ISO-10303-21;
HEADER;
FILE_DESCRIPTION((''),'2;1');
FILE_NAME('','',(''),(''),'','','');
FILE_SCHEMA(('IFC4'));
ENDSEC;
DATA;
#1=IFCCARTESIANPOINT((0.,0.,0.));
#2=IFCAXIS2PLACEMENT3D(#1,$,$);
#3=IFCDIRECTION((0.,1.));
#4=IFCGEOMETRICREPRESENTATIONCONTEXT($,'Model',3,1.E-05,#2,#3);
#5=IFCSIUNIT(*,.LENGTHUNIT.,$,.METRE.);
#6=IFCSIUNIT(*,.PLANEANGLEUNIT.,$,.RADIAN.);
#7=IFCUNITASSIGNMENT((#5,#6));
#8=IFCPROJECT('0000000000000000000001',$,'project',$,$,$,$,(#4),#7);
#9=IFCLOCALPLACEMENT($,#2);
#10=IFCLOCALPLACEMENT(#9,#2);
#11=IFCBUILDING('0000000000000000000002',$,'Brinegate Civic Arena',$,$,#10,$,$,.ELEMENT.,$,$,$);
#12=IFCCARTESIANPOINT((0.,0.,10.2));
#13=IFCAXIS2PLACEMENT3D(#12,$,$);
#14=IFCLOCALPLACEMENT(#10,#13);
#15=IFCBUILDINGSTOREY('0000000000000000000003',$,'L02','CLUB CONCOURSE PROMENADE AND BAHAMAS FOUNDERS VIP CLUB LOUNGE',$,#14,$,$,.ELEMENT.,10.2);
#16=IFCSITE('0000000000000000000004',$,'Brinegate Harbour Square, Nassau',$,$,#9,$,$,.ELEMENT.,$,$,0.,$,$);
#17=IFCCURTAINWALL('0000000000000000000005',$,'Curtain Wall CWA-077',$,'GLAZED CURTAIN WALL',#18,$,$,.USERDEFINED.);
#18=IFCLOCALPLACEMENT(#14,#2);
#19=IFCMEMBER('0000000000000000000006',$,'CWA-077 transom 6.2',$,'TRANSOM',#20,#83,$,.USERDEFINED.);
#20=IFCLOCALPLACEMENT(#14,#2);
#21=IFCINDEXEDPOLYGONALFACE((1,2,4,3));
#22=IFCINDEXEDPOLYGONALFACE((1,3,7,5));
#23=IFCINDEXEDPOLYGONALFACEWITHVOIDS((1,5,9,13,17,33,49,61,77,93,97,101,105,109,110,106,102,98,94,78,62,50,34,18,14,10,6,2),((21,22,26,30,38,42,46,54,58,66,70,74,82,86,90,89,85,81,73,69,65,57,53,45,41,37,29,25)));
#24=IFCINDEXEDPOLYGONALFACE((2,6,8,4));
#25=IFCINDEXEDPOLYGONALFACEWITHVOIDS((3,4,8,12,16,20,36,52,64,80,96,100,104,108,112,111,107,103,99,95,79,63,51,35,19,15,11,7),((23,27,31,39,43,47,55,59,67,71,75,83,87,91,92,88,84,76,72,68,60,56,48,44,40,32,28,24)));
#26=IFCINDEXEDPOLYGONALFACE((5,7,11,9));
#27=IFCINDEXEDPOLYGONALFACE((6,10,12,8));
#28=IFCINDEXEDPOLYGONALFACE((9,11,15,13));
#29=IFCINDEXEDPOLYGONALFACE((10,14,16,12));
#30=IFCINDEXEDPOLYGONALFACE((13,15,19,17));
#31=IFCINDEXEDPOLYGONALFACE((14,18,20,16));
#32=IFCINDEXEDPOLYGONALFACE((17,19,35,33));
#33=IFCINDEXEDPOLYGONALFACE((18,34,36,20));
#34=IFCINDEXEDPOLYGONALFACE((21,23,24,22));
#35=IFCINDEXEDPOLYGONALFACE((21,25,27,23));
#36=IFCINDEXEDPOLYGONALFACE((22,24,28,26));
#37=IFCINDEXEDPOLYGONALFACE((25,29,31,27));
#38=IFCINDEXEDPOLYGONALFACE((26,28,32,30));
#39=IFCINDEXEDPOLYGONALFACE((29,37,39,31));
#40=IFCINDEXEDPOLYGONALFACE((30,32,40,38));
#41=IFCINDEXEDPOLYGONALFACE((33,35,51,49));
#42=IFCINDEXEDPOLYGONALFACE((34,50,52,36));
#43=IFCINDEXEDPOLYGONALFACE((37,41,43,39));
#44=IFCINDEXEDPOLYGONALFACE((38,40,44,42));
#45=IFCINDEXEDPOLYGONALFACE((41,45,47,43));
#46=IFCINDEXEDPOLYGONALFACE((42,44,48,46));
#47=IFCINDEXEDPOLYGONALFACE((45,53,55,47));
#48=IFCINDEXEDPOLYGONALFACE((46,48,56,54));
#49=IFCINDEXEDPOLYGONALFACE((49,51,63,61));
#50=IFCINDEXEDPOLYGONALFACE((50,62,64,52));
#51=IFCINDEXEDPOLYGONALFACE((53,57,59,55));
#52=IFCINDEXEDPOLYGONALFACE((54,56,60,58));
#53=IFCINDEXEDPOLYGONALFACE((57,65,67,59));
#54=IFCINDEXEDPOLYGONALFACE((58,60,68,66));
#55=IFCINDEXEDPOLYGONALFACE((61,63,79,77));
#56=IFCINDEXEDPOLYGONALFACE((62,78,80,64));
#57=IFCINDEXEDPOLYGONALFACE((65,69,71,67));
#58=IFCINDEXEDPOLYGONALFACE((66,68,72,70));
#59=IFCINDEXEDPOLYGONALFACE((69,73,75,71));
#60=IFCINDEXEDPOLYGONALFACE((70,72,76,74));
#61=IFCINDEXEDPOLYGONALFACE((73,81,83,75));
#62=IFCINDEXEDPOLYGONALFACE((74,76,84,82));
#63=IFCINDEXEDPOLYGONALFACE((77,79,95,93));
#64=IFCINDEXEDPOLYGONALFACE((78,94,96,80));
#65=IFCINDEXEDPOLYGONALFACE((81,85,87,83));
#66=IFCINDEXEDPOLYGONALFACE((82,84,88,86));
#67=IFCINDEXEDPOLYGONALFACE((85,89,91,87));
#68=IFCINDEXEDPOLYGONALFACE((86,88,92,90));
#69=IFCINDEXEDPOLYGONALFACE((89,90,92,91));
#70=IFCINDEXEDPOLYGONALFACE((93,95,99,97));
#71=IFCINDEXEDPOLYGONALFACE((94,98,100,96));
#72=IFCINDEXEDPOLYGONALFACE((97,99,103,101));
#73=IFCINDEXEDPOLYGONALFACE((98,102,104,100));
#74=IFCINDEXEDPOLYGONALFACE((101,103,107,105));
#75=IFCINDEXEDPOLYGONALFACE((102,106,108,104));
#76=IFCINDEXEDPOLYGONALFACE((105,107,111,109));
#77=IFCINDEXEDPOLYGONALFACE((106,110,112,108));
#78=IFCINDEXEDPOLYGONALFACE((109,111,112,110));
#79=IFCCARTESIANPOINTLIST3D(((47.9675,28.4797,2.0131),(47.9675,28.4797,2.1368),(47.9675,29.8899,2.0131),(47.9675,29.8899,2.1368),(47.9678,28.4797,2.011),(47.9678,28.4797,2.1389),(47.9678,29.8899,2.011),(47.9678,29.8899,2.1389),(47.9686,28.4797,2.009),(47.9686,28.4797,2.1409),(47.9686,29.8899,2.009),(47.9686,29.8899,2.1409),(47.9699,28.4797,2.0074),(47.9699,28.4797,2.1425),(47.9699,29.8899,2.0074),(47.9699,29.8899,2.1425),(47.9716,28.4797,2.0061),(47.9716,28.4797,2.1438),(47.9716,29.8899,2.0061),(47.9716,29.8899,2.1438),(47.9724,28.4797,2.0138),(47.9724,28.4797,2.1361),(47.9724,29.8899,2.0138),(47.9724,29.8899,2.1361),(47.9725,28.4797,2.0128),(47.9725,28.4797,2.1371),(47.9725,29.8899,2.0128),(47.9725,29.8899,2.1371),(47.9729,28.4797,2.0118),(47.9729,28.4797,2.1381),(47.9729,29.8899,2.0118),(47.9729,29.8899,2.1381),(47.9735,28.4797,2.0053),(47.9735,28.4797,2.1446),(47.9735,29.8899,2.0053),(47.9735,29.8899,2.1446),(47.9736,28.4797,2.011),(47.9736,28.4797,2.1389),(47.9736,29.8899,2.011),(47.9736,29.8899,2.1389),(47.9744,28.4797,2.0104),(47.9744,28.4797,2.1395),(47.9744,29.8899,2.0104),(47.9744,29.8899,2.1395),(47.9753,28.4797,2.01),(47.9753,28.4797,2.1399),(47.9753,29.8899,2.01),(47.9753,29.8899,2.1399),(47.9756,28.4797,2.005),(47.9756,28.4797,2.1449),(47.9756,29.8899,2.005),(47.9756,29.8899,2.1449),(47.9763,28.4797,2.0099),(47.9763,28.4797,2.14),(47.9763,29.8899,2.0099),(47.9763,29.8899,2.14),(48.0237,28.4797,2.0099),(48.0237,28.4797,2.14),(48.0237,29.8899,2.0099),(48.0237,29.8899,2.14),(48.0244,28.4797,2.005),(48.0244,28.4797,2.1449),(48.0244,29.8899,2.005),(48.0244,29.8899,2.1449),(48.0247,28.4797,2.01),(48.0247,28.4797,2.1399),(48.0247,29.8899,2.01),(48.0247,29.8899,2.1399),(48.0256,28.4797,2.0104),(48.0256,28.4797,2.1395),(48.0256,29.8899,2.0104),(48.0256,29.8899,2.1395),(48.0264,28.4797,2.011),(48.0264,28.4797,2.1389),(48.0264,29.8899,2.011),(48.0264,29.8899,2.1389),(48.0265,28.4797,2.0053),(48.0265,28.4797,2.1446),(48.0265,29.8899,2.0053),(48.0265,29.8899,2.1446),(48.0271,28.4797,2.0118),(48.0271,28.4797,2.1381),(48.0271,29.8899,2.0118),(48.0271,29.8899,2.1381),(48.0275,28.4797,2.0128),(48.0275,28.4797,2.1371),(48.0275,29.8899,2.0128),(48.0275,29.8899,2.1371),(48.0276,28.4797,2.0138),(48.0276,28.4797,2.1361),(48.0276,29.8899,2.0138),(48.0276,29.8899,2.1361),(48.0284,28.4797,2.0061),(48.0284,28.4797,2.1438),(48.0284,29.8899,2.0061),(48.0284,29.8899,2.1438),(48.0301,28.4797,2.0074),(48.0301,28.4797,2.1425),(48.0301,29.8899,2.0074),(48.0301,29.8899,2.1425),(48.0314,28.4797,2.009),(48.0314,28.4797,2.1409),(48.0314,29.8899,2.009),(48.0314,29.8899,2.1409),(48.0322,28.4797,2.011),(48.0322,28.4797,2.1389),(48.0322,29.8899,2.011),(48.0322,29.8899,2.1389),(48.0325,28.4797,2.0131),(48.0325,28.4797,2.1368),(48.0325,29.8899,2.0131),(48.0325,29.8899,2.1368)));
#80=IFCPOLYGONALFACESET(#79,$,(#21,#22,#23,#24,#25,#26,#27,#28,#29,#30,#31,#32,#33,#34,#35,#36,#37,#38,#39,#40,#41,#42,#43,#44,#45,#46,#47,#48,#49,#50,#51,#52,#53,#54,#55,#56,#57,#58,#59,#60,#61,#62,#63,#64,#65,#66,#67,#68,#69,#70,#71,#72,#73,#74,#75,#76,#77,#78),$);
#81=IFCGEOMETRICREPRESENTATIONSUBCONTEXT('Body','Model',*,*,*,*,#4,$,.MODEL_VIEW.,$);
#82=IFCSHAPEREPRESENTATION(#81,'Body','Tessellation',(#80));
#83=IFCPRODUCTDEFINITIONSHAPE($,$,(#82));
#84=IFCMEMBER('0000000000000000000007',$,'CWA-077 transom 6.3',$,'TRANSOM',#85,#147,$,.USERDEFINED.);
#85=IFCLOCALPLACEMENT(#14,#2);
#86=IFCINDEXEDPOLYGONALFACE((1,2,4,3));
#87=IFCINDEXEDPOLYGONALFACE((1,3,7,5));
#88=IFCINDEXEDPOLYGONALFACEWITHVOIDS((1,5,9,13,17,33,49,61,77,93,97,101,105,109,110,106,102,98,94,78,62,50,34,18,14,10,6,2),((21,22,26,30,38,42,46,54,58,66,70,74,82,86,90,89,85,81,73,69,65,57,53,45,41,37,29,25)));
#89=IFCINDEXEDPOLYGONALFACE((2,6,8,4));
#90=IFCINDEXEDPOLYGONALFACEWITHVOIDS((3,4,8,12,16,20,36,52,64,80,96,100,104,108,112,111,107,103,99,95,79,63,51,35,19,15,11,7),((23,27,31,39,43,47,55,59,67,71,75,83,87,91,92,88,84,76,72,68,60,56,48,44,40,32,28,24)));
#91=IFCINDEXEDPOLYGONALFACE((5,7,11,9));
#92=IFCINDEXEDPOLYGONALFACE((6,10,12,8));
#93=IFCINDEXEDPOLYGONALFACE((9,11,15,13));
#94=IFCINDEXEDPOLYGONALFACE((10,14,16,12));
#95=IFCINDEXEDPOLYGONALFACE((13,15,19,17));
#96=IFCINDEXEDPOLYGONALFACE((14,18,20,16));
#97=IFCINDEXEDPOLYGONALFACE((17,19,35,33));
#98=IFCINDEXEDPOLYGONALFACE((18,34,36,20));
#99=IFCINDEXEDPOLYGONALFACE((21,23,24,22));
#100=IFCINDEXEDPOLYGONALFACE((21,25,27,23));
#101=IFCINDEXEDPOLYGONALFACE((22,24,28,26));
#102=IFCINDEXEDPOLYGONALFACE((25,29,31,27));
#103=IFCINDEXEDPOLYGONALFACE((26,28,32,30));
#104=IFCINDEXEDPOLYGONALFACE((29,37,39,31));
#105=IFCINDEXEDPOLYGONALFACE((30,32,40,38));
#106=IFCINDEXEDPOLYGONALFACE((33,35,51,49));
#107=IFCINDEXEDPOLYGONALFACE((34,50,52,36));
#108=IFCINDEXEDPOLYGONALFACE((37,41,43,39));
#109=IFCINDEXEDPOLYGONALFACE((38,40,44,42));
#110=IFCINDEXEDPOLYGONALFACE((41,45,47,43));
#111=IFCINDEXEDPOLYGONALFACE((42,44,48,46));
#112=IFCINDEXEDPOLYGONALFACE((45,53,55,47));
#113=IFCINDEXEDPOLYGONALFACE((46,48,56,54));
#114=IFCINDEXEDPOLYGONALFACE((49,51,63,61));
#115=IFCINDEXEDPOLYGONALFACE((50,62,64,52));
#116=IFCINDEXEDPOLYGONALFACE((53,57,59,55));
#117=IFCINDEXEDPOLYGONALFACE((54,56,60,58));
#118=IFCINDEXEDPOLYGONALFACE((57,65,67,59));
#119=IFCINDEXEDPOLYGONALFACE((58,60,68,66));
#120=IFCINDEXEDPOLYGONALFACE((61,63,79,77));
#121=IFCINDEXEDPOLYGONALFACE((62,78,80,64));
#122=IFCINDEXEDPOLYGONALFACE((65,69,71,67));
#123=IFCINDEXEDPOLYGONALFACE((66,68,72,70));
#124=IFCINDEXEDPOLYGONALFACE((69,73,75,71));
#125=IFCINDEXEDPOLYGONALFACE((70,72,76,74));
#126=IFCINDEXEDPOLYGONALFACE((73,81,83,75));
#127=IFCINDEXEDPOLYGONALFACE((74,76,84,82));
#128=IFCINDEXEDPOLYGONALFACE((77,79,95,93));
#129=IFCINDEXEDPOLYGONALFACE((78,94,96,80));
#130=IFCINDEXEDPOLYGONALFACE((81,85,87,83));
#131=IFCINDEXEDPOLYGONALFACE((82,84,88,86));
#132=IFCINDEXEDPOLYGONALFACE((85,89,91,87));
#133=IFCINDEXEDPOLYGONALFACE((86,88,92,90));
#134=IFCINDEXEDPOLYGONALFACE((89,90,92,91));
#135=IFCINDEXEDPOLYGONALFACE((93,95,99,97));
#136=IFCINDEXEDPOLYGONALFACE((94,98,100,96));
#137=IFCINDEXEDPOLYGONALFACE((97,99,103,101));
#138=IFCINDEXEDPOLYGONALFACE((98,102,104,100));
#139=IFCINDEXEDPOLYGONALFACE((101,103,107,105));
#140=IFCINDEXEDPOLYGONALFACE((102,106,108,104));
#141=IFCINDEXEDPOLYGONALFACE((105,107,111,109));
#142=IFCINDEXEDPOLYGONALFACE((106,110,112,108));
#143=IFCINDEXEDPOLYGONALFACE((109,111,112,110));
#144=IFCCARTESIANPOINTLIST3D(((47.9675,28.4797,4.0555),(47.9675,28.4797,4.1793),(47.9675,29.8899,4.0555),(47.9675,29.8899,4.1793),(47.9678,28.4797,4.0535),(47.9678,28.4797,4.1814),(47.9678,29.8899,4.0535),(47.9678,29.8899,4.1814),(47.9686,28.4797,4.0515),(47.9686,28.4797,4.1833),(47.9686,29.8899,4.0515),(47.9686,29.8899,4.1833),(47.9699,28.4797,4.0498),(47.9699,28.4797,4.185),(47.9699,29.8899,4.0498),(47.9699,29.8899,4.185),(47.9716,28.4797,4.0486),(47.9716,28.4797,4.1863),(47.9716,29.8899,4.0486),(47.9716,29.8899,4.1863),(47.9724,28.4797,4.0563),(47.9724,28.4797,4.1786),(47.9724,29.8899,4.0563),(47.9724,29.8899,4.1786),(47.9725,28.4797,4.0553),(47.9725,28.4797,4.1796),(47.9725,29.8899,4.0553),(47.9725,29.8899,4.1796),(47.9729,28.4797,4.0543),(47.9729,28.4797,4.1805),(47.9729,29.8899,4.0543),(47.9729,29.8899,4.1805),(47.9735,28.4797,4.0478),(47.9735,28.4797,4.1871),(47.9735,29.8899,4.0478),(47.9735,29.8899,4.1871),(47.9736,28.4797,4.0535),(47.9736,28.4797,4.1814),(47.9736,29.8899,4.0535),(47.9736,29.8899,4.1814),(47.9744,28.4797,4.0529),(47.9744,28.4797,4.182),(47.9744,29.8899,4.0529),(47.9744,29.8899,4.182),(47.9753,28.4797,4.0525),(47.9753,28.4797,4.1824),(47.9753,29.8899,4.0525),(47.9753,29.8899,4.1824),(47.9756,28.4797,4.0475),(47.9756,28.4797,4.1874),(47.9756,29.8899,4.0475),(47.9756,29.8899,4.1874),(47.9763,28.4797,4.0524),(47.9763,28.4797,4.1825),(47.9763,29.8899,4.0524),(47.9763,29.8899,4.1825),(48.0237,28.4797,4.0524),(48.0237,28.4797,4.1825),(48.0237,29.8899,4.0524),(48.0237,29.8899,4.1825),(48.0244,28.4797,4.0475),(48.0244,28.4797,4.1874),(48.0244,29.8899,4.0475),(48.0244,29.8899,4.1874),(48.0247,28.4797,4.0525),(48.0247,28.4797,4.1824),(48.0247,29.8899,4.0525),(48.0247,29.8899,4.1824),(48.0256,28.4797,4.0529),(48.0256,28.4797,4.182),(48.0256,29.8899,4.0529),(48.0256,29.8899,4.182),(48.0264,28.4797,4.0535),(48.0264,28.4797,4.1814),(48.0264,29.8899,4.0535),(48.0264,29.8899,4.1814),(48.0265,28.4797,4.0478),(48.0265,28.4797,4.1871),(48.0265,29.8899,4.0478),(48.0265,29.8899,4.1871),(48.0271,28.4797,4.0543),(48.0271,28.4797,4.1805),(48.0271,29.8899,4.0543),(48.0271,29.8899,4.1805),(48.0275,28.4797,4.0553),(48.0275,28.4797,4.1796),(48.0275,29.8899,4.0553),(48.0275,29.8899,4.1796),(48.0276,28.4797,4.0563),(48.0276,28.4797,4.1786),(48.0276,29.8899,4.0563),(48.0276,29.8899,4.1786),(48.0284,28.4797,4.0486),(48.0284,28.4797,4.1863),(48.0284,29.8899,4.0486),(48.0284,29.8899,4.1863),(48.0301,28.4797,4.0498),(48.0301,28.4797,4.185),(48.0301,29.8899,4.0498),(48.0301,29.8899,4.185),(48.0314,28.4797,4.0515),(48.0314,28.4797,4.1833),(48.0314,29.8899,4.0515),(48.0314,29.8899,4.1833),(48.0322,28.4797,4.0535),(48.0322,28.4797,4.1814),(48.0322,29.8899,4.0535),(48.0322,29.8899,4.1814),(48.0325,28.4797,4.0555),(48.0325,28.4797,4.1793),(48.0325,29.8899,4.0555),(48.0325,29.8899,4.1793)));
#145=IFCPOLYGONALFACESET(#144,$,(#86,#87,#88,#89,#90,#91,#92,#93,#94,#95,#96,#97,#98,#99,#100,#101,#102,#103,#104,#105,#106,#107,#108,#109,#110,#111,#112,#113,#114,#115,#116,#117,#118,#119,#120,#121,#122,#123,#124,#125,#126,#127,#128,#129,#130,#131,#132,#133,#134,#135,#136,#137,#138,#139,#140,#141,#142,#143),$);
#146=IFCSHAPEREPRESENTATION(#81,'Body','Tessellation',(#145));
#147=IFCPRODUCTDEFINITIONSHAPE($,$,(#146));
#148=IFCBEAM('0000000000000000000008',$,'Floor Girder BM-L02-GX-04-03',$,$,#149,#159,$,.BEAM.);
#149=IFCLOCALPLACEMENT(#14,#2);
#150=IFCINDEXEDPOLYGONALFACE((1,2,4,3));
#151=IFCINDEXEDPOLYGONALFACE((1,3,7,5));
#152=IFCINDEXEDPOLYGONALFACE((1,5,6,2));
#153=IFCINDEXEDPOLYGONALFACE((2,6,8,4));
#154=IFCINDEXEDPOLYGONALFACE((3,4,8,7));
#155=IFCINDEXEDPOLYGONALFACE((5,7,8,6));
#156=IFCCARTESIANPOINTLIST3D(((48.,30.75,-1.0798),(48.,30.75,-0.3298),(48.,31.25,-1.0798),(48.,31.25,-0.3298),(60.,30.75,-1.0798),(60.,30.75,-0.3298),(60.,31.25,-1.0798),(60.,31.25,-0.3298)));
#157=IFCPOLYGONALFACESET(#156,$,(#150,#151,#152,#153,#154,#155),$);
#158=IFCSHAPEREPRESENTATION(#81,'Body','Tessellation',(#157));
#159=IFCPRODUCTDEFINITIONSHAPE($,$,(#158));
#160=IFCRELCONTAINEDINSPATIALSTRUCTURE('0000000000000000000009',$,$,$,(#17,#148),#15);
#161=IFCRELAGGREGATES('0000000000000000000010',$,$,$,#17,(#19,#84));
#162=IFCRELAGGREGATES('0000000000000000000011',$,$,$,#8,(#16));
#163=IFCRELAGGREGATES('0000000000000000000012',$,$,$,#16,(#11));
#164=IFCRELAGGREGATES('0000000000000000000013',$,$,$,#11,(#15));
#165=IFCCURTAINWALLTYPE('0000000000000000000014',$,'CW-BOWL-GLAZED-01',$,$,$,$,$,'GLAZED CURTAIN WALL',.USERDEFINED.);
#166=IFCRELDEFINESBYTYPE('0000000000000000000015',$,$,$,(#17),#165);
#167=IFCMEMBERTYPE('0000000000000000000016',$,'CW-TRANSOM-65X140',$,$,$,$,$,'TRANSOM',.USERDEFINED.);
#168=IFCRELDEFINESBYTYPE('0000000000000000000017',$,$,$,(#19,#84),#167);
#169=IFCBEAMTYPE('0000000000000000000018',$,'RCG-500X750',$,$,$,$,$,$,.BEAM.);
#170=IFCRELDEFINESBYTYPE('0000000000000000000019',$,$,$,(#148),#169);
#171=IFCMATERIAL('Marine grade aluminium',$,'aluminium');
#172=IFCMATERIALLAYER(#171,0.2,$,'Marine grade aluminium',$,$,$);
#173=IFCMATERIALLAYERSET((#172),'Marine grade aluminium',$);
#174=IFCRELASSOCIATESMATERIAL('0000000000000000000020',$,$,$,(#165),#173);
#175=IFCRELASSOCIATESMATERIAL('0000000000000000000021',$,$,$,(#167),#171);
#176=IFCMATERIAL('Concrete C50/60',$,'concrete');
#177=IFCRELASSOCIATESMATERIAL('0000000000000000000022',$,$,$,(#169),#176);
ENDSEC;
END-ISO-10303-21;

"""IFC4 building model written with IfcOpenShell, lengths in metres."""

from ifc_helpers import new_model, si_unit, direction, frame, origin, origin_2d, place, context, subcontext, project, spatial, rectangle, hollow_rectangle, extrude, material, layer, layer_set, material_profile, profile_set, type_object, element, aggregate, save


model = new_model("IFC4")

# Units and contexts
model_context = context("Model", 3, precision=1e-05, world=origin(), true_north=direction((0.0, 1.0)))
body_context = subcontext(model_context, "Body", "Model", "MODEL_VIEW")
ifc_project = project(units=[si_unit("LENGTHUNIT", "METRE"), si_unit("PLANEANGLEUNIT", "RADIAN")], contexts=[model_context])

# Site, building, storey
site_placement = place(None, origin())
site = spatial("IfcSite", under=ifc_project, at=site_placement, Name="Brinegate Harbour Square, Nassau", CompositionType="ELEMENT", RefElevation=0.0)
building_placement = place(site_placement, origin())
building = spatial("IfcBuilding", under=site, at=building_placement, Name="Brinegate Civic Arena", CompositionType="ELEMENT")
storey_placement = place(building_placement, frame((0.0, 0.0, 10.2)))
storey = spatial("IfcBuildingStorey", under=building, at=storey_placement, Name="L02", Description="CLUB CONCOURSE PROMENADE AND BAHAMAS FOUNDERS VIP CLUB LOUNGE", CompositionType="ELEMENT", Elevation=10.2)

# Shared definitions
ifc_material_1 = material(Name="Concrete C50/60", Category="concrete")

# Curtain wall
ifc_material_2 = material(Name="Marine grade aluminium", Category="aluminium")
ifc_layer_1 = layer(ifc_material_2, 0.2, Name="Marine grade aluminium")
ifc_layer_set_1 = layer_set([ifc_layer_1], Name="Marine grade aluminium")
curtain_wall_type = type_object("IfcCurtainWallType", Name="CW-BOWL-GLAZED-01", ElementType="GLAZED CURTAIN WALL", PredefinedType="USERDEFINED", material=ifc_layer_set_1)
curtain_wall_1_placement = place(storey_placement, origin())
curtain_wall_1 = element("IfcCurtainWall", 1, at=curtain_wall_1_placement, inside=storey, type_object=curtain_wall_type, Name="Curtain Wall CWA-077", ObjectType="GLAZED CURTAIN WALL", PredefinedType="USERDEFINED")

# Members
ifc_material_profile_1 = material_profile(ifc_material_2, hollow_rectangle(XDim=0.0649, YDim=0.1399, WallThickness=0.0049, InnerFilletRadius=0.0039, OuterFilletRadius=0.0081, at=origin_2d()), Name="TRN65X140")
ifc_profile_set_1 = profile_set([ifc_material_profile_1], Name="Marine grade aluminium")
member_type_1 = type_object("IfcMemberType", Name="CW-TRANSOM-65X140", ElementType="TRANSOM", PredefinedType="USERDEFINED", material=ifc_profile_set_1)
member_1_placement = place(storey_placement, frame((48.0, 28.4797, 2.075), z_axis=(0.0, 1.0, 0.0), x_axis=(-1.0, 0.0, 0.0)))
member_1 = element("IfcMember", 2, at=member_1_placement, type_object=member_type_1, Name="CWA-077 transom 6.2", ObjectType="TRANSOM", PredefinedType="USERDEFINED", context=body_context, shape_type="SweptSolid", body=[
    extrude(hollow_rectangle(XDim=0.0649, YDim=0.1399, WallThickness=0.0049, InnerFilletRadius=0.0039, OuterFilletRadius=0.0081, at=origin_2d()), origin(), (0.0, 0.0, 1.0), 1.4102),
])
member_2_placement = place(storey_placement, frame((48.0, 28.4797, 4.1174), z_axis=(0.0, 1.0, 0.0), x_axis=(-1.0, 0.0, 0.0)))
member_2 = element("IfcMember", 3, at=member_2_placement, type_object=member_type_1, Name="CWA-077 transom 6.3", ObjectType="TRANSOM", PredefinedType="USERDEFINED", context=body_context, shape_type="SweptSolid", body=[
    extrude(hollow_rectangle(XDim=0.0649, YDim=0.1399, WallThickness=0.0049, InnerFilletRadius=0.0039, OuterFilletRadius=0.0081, at=origin_2d()), origin(), (0.0, 0.0, 1.0), 1.4102),
])

# Beam
ifc_material_profile_2 = material_profile(ifc_material_1, rectangle(XDim=0.5, YDim=0.75, at=origin_2d()), Name="RCB500X750")
ifc_profile_set_2 = profile_set([ifc_material_profile_2], Name="Concrete C50/60")
beam_type_1 = type_object("IfcBeamType", Name="RCG-500X750", PredefinedType="BEAM", material=ifc_profile_set_2)
beam_1_placement = place(storey_placement, frame((48.0, 31.0, -0.7048), z_axis=(1.0, 0.0, 0.0), x_axis=(0.0, 1.0, 0.0)))
element("IfcBeam", 4, at=beam_1_placement, inside=storey, type_object=beam_type_1, Name="Floor Girder BM-L02-GX-04-03", PredefinedType="BEAM", context=body_context, shape_type="SweptSolid", body=[
    extrude(rectangle(XDim=0.5, YDim=0.75, at=origin_2d()), origin(), (0.0, 0.0, 1.0), 12.0),
])

aggregate(curtain_wall_1, [member_1, member_2])

save(model, "model.ifc")
